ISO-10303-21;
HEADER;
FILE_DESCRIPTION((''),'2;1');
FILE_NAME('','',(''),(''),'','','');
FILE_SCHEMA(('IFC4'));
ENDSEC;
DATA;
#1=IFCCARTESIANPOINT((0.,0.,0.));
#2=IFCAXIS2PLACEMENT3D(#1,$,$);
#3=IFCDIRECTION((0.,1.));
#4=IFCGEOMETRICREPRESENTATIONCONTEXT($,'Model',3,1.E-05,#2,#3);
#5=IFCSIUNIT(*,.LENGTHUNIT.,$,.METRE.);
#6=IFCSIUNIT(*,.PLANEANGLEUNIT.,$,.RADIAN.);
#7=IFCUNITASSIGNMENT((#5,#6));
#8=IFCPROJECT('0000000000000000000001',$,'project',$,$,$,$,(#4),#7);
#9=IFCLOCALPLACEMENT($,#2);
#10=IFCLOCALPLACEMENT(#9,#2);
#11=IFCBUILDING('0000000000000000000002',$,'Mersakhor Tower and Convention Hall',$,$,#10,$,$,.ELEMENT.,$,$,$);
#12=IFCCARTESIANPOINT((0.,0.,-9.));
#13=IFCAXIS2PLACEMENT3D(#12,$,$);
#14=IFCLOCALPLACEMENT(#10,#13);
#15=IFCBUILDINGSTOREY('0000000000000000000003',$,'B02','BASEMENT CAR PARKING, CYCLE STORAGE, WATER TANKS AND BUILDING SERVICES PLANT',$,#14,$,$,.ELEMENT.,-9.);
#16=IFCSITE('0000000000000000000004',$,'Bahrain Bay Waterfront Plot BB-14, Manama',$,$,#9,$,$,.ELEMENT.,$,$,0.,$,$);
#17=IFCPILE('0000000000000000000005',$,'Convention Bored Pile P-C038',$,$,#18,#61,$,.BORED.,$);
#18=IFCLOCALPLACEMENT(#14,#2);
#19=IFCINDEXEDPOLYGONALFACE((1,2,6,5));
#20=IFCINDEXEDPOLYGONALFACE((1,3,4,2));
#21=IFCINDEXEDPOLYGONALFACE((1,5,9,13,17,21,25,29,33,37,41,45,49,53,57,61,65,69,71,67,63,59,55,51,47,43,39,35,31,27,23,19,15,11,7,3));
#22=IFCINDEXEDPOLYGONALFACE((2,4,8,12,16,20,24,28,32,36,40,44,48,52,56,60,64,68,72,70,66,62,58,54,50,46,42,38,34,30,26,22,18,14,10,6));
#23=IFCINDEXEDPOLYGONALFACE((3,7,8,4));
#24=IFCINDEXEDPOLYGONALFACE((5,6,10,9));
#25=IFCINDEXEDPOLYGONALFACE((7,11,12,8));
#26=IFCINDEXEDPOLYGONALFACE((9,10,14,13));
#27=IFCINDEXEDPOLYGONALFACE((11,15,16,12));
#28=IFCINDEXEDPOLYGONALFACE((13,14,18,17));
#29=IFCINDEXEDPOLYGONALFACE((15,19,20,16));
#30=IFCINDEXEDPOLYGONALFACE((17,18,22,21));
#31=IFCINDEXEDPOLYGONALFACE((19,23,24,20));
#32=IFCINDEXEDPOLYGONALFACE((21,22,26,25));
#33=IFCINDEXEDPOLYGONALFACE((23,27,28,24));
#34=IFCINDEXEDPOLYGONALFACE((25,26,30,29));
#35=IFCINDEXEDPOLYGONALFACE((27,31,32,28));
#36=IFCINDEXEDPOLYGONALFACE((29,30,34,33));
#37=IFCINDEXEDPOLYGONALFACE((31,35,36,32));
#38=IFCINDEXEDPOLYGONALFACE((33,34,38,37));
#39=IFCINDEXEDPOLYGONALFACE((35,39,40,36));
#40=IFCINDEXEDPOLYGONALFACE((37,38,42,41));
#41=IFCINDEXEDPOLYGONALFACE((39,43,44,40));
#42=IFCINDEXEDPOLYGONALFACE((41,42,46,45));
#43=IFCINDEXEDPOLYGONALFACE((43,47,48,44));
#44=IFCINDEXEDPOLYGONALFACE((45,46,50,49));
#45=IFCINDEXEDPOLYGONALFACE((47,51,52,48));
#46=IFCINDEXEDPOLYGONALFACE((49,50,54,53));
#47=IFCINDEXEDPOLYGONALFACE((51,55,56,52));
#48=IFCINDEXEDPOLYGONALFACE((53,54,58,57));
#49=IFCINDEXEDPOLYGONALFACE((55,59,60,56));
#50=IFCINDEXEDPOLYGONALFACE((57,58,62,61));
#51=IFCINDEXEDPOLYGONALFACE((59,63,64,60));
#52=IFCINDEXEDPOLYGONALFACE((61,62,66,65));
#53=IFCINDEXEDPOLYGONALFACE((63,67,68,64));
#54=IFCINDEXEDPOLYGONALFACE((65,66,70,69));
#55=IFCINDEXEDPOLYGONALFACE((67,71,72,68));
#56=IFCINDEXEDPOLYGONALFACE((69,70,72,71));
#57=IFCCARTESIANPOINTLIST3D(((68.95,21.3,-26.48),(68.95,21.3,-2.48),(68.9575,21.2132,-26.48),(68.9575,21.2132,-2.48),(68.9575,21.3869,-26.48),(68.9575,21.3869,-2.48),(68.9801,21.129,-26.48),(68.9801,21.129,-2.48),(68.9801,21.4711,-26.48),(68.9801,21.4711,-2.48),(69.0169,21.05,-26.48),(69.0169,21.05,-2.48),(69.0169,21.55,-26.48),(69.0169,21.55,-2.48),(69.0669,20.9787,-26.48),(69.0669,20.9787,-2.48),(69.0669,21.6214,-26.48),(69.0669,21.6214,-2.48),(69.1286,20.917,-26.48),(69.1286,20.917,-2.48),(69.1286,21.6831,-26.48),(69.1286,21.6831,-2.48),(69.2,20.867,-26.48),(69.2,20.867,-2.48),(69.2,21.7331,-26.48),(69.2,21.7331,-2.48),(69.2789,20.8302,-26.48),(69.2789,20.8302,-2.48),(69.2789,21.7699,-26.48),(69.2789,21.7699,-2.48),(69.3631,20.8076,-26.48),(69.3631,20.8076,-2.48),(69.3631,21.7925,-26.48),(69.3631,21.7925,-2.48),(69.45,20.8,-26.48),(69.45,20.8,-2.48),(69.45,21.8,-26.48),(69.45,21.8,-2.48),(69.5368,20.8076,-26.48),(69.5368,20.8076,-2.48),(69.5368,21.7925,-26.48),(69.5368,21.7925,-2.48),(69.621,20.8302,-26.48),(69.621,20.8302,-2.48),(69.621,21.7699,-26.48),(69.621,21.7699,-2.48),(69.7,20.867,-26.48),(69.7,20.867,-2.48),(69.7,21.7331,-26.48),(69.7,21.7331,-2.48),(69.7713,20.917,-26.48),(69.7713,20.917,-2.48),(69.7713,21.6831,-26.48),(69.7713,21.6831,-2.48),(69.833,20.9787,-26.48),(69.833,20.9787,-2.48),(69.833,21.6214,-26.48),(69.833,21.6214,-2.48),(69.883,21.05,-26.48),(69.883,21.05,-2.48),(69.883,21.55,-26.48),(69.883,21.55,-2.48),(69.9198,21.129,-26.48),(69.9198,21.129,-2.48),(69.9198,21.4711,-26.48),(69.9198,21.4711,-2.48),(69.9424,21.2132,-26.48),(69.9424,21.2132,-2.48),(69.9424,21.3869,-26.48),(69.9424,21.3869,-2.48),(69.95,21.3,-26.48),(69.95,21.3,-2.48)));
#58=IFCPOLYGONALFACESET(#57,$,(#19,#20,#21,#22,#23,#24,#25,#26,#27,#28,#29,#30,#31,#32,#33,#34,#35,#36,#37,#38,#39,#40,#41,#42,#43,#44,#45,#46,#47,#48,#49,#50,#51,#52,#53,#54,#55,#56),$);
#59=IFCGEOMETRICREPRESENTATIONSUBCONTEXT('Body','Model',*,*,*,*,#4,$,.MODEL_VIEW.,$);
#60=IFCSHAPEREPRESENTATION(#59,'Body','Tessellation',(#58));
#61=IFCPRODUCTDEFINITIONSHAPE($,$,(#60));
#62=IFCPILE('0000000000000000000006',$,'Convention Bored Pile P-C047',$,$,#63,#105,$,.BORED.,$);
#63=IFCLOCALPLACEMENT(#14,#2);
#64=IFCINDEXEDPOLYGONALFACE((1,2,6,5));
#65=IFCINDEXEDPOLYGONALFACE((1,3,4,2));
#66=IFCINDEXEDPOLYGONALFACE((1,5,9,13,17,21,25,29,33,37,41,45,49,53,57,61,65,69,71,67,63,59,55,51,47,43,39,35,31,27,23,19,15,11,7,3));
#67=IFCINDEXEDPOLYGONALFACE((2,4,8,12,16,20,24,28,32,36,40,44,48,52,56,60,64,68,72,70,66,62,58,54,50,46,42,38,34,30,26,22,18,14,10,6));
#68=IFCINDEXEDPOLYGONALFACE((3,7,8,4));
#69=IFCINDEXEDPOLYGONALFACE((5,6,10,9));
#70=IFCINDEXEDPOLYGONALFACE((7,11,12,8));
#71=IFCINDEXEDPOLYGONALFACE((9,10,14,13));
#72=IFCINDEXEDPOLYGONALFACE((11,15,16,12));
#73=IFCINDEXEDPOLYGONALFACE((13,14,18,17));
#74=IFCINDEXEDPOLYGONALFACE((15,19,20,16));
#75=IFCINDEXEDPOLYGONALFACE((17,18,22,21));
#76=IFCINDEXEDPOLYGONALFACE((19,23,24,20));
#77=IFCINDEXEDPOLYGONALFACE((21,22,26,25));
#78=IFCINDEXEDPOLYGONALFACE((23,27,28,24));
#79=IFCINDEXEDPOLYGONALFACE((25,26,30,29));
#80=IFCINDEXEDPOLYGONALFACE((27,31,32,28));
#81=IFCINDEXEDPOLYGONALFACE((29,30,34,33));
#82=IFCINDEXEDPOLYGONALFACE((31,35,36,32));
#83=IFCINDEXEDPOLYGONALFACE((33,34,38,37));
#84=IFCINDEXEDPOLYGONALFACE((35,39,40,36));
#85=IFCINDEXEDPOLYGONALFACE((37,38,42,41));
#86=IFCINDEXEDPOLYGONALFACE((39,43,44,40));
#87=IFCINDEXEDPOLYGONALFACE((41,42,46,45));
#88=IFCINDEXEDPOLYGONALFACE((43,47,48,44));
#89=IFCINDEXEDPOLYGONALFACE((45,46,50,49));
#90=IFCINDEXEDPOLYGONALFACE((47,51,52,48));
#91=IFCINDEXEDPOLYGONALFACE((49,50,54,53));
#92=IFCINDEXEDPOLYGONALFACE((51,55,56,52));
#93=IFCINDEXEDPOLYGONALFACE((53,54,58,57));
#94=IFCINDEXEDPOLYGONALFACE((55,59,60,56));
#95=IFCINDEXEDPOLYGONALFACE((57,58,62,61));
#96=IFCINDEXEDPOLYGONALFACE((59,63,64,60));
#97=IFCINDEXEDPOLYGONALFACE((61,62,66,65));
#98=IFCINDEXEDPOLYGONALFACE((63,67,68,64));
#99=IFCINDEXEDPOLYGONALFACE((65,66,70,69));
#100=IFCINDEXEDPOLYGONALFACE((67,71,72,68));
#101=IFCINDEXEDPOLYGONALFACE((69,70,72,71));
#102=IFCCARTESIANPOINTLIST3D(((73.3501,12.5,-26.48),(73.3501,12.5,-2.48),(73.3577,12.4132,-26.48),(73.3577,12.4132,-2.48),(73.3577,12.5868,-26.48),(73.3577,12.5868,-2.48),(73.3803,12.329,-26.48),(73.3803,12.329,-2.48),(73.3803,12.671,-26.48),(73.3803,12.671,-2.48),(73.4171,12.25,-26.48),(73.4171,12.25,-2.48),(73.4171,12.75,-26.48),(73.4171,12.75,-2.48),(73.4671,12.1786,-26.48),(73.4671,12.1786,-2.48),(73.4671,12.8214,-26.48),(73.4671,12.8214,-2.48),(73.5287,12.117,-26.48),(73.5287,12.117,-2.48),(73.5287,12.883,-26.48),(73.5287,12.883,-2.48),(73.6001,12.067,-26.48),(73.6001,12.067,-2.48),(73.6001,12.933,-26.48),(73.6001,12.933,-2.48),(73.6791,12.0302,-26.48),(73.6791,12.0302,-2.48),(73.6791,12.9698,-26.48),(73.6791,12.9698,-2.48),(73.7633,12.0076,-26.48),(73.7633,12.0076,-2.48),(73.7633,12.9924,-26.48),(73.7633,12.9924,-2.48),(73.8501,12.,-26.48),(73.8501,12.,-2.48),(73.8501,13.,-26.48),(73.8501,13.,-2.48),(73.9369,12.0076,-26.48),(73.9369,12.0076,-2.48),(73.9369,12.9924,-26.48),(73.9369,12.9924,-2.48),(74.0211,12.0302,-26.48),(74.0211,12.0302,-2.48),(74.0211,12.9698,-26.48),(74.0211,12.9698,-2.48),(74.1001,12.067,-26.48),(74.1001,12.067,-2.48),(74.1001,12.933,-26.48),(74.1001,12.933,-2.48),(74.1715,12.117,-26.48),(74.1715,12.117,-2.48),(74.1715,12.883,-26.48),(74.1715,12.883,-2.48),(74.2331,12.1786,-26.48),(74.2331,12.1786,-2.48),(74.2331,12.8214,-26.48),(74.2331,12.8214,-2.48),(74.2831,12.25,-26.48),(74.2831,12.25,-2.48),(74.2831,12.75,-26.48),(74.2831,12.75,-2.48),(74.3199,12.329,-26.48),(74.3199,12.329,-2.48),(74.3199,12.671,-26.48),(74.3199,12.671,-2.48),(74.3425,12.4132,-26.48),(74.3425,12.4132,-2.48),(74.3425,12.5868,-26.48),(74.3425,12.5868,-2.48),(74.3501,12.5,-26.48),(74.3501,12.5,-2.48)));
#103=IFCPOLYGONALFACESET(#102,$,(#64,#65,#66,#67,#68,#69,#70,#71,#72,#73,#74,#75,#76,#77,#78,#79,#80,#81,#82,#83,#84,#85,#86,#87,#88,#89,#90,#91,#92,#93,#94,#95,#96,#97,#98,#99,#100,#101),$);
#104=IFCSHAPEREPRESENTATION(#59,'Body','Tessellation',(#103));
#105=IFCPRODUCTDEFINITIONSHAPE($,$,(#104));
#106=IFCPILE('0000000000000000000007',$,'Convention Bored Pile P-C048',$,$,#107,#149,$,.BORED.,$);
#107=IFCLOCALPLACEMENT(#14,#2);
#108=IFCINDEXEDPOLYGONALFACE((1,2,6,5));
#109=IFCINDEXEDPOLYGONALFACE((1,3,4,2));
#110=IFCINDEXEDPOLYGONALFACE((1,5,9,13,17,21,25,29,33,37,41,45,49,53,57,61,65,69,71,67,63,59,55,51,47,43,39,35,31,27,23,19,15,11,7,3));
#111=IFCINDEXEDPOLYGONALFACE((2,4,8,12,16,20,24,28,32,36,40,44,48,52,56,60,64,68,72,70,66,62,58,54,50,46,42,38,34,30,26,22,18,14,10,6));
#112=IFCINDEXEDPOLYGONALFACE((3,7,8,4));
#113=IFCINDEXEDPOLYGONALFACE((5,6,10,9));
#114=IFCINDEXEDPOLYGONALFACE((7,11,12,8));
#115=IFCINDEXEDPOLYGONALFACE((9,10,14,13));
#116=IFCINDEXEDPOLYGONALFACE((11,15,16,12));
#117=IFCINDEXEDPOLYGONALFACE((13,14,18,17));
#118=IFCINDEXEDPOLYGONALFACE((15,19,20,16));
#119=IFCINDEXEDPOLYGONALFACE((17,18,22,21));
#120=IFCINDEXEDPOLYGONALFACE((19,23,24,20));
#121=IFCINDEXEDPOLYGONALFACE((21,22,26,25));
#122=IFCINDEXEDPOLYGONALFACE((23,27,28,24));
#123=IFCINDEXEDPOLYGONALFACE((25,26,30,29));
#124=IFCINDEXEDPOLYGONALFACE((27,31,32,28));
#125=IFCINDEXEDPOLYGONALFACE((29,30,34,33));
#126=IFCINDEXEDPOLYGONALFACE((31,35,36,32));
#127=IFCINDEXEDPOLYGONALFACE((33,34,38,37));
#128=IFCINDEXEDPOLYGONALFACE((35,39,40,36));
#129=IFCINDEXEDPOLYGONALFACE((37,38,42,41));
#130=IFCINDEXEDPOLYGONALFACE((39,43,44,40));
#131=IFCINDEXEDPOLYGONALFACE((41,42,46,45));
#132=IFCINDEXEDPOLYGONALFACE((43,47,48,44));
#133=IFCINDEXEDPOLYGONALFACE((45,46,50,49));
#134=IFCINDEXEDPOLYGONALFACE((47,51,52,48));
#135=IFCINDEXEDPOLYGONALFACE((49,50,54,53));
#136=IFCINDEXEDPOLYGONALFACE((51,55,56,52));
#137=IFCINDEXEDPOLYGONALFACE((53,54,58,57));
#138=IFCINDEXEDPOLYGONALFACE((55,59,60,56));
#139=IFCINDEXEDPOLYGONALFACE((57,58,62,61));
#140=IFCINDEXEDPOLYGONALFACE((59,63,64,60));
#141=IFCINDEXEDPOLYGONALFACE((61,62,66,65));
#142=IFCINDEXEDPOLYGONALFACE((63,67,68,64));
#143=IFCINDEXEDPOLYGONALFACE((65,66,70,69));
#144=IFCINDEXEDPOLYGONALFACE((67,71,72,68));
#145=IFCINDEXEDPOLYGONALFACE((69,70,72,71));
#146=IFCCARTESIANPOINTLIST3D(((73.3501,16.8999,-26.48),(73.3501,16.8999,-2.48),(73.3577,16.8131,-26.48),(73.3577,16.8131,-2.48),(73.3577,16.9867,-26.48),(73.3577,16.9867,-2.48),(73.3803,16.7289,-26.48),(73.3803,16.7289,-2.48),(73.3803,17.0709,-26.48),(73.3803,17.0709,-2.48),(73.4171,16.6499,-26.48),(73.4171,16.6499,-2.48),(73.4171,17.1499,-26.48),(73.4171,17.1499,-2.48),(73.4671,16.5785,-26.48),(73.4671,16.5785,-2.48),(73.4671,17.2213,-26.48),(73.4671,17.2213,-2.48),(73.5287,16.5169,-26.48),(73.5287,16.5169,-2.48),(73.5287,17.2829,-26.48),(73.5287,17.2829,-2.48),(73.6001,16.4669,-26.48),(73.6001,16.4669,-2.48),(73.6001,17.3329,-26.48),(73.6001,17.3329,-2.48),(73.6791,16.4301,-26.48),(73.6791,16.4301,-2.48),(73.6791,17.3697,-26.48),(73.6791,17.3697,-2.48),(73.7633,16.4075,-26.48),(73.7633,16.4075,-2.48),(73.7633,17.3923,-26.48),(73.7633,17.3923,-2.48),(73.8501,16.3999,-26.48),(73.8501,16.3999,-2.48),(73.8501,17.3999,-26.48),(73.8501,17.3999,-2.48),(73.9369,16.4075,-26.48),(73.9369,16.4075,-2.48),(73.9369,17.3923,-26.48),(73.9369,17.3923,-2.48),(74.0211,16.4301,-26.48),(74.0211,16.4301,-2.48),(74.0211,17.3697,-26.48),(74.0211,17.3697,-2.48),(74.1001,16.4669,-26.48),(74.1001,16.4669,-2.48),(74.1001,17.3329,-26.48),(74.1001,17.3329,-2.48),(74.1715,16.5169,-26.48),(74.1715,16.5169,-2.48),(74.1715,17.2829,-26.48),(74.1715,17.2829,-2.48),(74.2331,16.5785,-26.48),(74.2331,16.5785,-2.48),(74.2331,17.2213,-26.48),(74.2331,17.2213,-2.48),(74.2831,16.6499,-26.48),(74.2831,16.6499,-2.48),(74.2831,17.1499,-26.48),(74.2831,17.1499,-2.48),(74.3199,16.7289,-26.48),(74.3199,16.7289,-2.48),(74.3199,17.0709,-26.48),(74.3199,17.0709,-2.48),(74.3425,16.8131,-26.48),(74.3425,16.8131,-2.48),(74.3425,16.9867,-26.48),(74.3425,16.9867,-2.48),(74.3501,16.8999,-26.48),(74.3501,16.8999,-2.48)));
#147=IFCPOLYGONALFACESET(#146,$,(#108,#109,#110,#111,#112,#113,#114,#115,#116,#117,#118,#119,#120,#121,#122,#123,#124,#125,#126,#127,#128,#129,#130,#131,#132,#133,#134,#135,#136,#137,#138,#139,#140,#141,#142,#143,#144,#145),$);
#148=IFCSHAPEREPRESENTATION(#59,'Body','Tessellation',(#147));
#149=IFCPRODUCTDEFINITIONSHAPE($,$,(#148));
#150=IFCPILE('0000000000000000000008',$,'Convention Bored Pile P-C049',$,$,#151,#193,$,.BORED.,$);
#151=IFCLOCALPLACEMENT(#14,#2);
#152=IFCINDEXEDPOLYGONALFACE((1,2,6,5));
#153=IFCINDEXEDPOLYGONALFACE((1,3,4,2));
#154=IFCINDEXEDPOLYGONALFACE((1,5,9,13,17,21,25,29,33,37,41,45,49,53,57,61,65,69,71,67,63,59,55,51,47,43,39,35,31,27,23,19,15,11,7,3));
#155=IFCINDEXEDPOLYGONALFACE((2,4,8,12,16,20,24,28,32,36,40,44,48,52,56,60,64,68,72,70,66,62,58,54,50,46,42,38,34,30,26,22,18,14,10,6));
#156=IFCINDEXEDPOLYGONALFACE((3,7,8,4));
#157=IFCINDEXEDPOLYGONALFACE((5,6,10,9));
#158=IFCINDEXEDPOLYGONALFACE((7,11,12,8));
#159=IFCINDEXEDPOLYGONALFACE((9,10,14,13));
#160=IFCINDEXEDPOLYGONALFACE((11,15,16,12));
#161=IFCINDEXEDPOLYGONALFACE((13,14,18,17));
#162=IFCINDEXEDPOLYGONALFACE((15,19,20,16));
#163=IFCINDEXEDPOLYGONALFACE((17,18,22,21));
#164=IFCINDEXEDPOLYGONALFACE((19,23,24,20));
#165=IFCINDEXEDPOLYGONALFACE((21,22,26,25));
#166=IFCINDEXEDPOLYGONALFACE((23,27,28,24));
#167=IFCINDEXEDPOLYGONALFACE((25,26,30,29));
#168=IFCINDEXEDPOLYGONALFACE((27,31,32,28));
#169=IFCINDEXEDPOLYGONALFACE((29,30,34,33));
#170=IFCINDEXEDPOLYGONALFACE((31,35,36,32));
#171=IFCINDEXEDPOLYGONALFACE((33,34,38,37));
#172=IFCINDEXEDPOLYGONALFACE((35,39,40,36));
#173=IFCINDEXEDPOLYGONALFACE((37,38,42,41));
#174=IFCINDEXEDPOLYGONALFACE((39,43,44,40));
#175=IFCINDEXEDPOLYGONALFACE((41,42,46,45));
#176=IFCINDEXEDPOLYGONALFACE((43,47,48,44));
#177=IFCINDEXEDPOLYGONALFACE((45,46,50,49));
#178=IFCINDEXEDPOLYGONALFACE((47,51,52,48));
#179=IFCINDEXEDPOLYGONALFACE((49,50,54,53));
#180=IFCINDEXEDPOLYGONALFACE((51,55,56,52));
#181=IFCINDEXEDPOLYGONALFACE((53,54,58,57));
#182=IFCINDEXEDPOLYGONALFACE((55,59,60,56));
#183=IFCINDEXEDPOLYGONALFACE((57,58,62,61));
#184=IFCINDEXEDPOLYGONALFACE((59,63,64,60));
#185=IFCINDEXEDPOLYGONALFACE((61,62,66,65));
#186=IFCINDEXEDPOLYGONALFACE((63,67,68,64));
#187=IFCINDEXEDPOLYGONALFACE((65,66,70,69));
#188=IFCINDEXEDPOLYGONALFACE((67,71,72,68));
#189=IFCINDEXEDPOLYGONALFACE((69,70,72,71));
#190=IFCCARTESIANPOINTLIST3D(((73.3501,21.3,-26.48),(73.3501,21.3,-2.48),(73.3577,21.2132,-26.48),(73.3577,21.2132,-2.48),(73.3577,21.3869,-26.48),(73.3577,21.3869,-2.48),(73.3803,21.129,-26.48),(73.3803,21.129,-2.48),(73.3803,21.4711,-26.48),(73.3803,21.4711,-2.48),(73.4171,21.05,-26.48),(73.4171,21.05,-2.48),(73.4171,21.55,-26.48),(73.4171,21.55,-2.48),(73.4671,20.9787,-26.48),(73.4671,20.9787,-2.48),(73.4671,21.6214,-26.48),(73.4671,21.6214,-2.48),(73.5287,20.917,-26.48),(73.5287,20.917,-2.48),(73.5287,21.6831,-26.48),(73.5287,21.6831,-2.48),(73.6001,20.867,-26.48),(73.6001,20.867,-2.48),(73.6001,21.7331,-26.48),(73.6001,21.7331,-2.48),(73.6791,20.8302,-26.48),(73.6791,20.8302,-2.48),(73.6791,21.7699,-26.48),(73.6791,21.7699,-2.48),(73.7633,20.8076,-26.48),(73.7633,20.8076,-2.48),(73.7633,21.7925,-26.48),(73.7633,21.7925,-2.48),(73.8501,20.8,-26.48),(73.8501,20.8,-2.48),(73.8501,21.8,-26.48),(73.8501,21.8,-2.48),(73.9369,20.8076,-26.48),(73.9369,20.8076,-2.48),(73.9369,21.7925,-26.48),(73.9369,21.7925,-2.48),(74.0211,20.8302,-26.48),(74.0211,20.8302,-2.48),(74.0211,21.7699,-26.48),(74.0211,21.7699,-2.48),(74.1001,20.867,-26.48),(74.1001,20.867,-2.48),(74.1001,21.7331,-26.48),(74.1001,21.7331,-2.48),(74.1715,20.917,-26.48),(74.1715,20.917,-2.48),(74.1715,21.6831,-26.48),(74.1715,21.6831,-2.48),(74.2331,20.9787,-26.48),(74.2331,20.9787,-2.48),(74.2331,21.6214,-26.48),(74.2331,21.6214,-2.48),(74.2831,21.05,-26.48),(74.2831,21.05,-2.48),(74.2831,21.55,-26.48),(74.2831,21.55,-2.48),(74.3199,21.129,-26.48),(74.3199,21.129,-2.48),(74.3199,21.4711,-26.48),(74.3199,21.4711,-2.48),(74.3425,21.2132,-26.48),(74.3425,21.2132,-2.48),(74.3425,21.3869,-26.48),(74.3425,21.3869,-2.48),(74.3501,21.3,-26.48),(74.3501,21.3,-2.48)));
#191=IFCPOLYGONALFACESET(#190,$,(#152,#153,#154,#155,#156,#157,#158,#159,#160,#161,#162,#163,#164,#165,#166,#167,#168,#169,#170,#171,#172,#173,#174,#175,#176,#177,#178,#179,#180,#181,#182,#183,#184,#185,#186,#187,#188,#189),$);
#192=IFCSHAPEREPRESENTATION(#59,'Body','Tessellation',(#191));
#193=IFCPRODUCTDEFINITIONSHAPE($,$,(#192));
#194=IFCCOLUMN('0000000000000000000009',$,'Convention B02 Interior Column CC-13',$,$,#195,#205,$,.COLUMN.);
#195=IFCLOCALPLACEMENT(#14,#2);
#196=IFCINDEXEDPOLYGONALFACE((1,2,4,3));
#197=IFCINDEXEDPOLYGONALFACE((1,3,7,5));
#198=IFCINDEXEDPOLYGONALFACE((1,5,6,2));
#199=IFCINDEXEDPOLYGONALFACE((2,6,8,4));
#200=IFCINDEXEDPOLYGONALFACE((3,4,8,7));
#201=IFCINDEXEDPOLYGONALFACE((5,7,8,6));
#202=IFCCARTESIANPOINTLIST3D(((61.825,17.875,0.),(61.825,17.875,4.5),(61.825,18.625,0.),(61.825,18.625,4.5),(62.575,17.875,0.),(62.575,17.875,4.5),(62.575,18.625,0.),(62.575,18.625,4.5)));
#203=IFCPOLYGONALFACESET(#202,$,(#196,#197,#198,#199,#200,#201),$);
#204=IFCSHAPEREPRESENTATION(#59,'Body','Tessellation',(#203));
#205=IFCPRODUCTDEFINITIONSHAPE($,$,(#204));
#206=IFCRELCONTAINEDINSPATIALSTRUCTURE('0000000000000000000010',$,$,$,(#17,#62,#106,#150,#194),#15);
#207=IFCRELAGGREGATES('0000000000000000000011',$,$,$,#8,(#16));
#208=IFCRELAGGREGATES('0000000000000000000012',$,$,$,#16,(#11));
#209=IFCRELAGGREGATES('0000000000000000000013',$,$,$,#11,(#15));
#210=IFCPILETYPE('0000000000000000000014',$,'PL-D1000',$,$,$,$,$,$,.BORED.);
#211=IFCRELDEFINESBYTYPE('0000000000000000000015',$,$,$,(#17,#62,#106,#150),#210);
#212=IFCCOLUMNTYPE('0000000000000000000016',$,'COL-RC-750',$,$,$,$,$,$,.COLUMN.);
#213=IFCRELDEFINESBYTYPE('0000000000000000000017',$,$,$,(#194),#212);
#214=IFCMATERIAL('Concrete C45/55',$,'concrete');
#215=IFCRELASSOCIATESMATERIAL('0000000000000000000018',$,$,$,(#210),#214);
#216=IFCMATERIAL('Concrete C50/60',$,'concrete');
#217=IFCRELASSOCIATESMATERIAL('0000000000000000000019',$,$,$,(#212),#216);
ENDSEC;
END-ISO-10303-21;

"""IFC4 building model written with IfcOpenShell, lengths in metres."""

from ifc_helpers import new_model, si_unit, direction, frame, origin, origin_2d, place, context, subcontext, project, spatial, rectangle, circle, extrude, material, material_profile, profile_set, type_object, element, save


model = new_model("IFC4")

# Units and contexts
model_context = context("Model", 3, precision=1e-05, world=origin(), true_north=direction((0.0, 1.0)))
body_context = subcontext(model_context, "Body", "Model", "MODEL_VIEW")
ifc_project = project(units=[si_unit("LENGTHUNIT", "METRE"), si_unit("PLANEANGLEUNIT", "RADIAN")], contexts=[model_context])

# Site, building, storey
site_placement = place(None, origin())
site = spatial("IfcSite", under=ifc_project, at=site_placement, Name="Bahrain Bay Waterfront Plot BB-14, Manama", CompositionType="ELEMENT", RefElevation=0.0)
building_placement = place(site_placement, origin())
building = spatial("IfcBuilding", under=site, at=building_placement, Name="Mersakhor Tower and Convention Hall", CompositionType="ELEMENT")
storey_placement = place(building_placement, frame((0.0, 0.0, -9.0)))
storey = spatial("IfcBuildingStorey", under=building, at=storey_placement, Name="B02", Description="BASEMENT CAR PARKING, CYCLE STORAGE, WATER TANKS AND BUILDING SERVICES PLANT", CompositionType="ELEMENT", Elevation=-9.0)

# Piles
ifc_material_1 = material(Name="Concrete C45/55", Category="concrete")
ifc_material_profile_1 = material_profile(ifc_material_1, circle(Radius=0.5, at=origin_2d()), Name="PILE D1000")
ifc_profile_set_1 = profile_set([ifc_material_profile_1], Name="Concrete C45/55")
pile_type = type_object("IfcPileType", Name="PL-D1000", PredefinedType="BORED", material=ifc_profile_set_1)
for number, where, z_axis, x_axis, name in (
    (1, (69.45, 21.3, -2.48), (0.0, 0.0, -1.0), (1.0, 0.0, 0.0), "Convention Bored Pile P-C038"),
    (2, (73.8501, 12.5, -2.48), (0.0, 0.0, -1.0), (1.0, 0.0, 0.0), "Convention Bored Pile P-C047"),
    (3, (73.8501, 16.8999, -2.48), (0.0, 0.0, -1.0), (1.0, 0.0, 0.0), "Convention Bored Pile P-C048"),
    (4, (73.8501, 21.3, -2.48), (0.0, 0.0, -1.0), (1.0, 0.0, 0.0), "Convention Bored Pile P-C049"),
):
    element("IfcPile", number, at=place(storey_placement, frame(where, z_axis=z_axis, x_axis=x_axis)), inside=storey, type_object=pile_type, Name=name, PredefinedType="BORED", context=body_context, shape_type="SweptSolid", body=[
        extrude(circle(Radius=0.5, at=origin_2d()), origin(), (0.0, 0.0, 1.0), 24.0),
    ])

# Column
ifc_material_2 = material(Name="Concrete C50/60", Category="concrete")
ifc_material_profile_2 = material_profile(ifc_material_2, rectangle(XDim=0.75, YDim=0.75, at=origin_2d()), Name="RC 750x750")
ifc_profile_set_2 = profile_set([ifc_material_profile_2], Name="Concrete C50/60")
column_type_1 = type_object("IfcColumnType", Name="COL-RC-750", PredefinedType="COLUMN", material=ifc_profile_set_2)
for number, where, z_axis, x_axis, name in (
    (5, (62.2, 18.25, 0.0), (0.0, 0.0, 1.0), (1.0, 0.0, 0.0), "Convention B02 Interior Column CC-13"),
):
    element("IfcColumn", number, at=place(storey_placement, frame(where, z_axis=z_axis, x_axis=x_axis)), inside=storey, type_object=column_type_1, Name=name, PredefinedType="COLUMN", context=body_context, shape_type="SweptSolid", body=[
        extrude(rectangle(XDim=0.75, YDim=0.75, at=origin_2d()), origin(), (0.0, 0.0, 1.0), 4.5),
    ])

save(model, "model.ifc")
